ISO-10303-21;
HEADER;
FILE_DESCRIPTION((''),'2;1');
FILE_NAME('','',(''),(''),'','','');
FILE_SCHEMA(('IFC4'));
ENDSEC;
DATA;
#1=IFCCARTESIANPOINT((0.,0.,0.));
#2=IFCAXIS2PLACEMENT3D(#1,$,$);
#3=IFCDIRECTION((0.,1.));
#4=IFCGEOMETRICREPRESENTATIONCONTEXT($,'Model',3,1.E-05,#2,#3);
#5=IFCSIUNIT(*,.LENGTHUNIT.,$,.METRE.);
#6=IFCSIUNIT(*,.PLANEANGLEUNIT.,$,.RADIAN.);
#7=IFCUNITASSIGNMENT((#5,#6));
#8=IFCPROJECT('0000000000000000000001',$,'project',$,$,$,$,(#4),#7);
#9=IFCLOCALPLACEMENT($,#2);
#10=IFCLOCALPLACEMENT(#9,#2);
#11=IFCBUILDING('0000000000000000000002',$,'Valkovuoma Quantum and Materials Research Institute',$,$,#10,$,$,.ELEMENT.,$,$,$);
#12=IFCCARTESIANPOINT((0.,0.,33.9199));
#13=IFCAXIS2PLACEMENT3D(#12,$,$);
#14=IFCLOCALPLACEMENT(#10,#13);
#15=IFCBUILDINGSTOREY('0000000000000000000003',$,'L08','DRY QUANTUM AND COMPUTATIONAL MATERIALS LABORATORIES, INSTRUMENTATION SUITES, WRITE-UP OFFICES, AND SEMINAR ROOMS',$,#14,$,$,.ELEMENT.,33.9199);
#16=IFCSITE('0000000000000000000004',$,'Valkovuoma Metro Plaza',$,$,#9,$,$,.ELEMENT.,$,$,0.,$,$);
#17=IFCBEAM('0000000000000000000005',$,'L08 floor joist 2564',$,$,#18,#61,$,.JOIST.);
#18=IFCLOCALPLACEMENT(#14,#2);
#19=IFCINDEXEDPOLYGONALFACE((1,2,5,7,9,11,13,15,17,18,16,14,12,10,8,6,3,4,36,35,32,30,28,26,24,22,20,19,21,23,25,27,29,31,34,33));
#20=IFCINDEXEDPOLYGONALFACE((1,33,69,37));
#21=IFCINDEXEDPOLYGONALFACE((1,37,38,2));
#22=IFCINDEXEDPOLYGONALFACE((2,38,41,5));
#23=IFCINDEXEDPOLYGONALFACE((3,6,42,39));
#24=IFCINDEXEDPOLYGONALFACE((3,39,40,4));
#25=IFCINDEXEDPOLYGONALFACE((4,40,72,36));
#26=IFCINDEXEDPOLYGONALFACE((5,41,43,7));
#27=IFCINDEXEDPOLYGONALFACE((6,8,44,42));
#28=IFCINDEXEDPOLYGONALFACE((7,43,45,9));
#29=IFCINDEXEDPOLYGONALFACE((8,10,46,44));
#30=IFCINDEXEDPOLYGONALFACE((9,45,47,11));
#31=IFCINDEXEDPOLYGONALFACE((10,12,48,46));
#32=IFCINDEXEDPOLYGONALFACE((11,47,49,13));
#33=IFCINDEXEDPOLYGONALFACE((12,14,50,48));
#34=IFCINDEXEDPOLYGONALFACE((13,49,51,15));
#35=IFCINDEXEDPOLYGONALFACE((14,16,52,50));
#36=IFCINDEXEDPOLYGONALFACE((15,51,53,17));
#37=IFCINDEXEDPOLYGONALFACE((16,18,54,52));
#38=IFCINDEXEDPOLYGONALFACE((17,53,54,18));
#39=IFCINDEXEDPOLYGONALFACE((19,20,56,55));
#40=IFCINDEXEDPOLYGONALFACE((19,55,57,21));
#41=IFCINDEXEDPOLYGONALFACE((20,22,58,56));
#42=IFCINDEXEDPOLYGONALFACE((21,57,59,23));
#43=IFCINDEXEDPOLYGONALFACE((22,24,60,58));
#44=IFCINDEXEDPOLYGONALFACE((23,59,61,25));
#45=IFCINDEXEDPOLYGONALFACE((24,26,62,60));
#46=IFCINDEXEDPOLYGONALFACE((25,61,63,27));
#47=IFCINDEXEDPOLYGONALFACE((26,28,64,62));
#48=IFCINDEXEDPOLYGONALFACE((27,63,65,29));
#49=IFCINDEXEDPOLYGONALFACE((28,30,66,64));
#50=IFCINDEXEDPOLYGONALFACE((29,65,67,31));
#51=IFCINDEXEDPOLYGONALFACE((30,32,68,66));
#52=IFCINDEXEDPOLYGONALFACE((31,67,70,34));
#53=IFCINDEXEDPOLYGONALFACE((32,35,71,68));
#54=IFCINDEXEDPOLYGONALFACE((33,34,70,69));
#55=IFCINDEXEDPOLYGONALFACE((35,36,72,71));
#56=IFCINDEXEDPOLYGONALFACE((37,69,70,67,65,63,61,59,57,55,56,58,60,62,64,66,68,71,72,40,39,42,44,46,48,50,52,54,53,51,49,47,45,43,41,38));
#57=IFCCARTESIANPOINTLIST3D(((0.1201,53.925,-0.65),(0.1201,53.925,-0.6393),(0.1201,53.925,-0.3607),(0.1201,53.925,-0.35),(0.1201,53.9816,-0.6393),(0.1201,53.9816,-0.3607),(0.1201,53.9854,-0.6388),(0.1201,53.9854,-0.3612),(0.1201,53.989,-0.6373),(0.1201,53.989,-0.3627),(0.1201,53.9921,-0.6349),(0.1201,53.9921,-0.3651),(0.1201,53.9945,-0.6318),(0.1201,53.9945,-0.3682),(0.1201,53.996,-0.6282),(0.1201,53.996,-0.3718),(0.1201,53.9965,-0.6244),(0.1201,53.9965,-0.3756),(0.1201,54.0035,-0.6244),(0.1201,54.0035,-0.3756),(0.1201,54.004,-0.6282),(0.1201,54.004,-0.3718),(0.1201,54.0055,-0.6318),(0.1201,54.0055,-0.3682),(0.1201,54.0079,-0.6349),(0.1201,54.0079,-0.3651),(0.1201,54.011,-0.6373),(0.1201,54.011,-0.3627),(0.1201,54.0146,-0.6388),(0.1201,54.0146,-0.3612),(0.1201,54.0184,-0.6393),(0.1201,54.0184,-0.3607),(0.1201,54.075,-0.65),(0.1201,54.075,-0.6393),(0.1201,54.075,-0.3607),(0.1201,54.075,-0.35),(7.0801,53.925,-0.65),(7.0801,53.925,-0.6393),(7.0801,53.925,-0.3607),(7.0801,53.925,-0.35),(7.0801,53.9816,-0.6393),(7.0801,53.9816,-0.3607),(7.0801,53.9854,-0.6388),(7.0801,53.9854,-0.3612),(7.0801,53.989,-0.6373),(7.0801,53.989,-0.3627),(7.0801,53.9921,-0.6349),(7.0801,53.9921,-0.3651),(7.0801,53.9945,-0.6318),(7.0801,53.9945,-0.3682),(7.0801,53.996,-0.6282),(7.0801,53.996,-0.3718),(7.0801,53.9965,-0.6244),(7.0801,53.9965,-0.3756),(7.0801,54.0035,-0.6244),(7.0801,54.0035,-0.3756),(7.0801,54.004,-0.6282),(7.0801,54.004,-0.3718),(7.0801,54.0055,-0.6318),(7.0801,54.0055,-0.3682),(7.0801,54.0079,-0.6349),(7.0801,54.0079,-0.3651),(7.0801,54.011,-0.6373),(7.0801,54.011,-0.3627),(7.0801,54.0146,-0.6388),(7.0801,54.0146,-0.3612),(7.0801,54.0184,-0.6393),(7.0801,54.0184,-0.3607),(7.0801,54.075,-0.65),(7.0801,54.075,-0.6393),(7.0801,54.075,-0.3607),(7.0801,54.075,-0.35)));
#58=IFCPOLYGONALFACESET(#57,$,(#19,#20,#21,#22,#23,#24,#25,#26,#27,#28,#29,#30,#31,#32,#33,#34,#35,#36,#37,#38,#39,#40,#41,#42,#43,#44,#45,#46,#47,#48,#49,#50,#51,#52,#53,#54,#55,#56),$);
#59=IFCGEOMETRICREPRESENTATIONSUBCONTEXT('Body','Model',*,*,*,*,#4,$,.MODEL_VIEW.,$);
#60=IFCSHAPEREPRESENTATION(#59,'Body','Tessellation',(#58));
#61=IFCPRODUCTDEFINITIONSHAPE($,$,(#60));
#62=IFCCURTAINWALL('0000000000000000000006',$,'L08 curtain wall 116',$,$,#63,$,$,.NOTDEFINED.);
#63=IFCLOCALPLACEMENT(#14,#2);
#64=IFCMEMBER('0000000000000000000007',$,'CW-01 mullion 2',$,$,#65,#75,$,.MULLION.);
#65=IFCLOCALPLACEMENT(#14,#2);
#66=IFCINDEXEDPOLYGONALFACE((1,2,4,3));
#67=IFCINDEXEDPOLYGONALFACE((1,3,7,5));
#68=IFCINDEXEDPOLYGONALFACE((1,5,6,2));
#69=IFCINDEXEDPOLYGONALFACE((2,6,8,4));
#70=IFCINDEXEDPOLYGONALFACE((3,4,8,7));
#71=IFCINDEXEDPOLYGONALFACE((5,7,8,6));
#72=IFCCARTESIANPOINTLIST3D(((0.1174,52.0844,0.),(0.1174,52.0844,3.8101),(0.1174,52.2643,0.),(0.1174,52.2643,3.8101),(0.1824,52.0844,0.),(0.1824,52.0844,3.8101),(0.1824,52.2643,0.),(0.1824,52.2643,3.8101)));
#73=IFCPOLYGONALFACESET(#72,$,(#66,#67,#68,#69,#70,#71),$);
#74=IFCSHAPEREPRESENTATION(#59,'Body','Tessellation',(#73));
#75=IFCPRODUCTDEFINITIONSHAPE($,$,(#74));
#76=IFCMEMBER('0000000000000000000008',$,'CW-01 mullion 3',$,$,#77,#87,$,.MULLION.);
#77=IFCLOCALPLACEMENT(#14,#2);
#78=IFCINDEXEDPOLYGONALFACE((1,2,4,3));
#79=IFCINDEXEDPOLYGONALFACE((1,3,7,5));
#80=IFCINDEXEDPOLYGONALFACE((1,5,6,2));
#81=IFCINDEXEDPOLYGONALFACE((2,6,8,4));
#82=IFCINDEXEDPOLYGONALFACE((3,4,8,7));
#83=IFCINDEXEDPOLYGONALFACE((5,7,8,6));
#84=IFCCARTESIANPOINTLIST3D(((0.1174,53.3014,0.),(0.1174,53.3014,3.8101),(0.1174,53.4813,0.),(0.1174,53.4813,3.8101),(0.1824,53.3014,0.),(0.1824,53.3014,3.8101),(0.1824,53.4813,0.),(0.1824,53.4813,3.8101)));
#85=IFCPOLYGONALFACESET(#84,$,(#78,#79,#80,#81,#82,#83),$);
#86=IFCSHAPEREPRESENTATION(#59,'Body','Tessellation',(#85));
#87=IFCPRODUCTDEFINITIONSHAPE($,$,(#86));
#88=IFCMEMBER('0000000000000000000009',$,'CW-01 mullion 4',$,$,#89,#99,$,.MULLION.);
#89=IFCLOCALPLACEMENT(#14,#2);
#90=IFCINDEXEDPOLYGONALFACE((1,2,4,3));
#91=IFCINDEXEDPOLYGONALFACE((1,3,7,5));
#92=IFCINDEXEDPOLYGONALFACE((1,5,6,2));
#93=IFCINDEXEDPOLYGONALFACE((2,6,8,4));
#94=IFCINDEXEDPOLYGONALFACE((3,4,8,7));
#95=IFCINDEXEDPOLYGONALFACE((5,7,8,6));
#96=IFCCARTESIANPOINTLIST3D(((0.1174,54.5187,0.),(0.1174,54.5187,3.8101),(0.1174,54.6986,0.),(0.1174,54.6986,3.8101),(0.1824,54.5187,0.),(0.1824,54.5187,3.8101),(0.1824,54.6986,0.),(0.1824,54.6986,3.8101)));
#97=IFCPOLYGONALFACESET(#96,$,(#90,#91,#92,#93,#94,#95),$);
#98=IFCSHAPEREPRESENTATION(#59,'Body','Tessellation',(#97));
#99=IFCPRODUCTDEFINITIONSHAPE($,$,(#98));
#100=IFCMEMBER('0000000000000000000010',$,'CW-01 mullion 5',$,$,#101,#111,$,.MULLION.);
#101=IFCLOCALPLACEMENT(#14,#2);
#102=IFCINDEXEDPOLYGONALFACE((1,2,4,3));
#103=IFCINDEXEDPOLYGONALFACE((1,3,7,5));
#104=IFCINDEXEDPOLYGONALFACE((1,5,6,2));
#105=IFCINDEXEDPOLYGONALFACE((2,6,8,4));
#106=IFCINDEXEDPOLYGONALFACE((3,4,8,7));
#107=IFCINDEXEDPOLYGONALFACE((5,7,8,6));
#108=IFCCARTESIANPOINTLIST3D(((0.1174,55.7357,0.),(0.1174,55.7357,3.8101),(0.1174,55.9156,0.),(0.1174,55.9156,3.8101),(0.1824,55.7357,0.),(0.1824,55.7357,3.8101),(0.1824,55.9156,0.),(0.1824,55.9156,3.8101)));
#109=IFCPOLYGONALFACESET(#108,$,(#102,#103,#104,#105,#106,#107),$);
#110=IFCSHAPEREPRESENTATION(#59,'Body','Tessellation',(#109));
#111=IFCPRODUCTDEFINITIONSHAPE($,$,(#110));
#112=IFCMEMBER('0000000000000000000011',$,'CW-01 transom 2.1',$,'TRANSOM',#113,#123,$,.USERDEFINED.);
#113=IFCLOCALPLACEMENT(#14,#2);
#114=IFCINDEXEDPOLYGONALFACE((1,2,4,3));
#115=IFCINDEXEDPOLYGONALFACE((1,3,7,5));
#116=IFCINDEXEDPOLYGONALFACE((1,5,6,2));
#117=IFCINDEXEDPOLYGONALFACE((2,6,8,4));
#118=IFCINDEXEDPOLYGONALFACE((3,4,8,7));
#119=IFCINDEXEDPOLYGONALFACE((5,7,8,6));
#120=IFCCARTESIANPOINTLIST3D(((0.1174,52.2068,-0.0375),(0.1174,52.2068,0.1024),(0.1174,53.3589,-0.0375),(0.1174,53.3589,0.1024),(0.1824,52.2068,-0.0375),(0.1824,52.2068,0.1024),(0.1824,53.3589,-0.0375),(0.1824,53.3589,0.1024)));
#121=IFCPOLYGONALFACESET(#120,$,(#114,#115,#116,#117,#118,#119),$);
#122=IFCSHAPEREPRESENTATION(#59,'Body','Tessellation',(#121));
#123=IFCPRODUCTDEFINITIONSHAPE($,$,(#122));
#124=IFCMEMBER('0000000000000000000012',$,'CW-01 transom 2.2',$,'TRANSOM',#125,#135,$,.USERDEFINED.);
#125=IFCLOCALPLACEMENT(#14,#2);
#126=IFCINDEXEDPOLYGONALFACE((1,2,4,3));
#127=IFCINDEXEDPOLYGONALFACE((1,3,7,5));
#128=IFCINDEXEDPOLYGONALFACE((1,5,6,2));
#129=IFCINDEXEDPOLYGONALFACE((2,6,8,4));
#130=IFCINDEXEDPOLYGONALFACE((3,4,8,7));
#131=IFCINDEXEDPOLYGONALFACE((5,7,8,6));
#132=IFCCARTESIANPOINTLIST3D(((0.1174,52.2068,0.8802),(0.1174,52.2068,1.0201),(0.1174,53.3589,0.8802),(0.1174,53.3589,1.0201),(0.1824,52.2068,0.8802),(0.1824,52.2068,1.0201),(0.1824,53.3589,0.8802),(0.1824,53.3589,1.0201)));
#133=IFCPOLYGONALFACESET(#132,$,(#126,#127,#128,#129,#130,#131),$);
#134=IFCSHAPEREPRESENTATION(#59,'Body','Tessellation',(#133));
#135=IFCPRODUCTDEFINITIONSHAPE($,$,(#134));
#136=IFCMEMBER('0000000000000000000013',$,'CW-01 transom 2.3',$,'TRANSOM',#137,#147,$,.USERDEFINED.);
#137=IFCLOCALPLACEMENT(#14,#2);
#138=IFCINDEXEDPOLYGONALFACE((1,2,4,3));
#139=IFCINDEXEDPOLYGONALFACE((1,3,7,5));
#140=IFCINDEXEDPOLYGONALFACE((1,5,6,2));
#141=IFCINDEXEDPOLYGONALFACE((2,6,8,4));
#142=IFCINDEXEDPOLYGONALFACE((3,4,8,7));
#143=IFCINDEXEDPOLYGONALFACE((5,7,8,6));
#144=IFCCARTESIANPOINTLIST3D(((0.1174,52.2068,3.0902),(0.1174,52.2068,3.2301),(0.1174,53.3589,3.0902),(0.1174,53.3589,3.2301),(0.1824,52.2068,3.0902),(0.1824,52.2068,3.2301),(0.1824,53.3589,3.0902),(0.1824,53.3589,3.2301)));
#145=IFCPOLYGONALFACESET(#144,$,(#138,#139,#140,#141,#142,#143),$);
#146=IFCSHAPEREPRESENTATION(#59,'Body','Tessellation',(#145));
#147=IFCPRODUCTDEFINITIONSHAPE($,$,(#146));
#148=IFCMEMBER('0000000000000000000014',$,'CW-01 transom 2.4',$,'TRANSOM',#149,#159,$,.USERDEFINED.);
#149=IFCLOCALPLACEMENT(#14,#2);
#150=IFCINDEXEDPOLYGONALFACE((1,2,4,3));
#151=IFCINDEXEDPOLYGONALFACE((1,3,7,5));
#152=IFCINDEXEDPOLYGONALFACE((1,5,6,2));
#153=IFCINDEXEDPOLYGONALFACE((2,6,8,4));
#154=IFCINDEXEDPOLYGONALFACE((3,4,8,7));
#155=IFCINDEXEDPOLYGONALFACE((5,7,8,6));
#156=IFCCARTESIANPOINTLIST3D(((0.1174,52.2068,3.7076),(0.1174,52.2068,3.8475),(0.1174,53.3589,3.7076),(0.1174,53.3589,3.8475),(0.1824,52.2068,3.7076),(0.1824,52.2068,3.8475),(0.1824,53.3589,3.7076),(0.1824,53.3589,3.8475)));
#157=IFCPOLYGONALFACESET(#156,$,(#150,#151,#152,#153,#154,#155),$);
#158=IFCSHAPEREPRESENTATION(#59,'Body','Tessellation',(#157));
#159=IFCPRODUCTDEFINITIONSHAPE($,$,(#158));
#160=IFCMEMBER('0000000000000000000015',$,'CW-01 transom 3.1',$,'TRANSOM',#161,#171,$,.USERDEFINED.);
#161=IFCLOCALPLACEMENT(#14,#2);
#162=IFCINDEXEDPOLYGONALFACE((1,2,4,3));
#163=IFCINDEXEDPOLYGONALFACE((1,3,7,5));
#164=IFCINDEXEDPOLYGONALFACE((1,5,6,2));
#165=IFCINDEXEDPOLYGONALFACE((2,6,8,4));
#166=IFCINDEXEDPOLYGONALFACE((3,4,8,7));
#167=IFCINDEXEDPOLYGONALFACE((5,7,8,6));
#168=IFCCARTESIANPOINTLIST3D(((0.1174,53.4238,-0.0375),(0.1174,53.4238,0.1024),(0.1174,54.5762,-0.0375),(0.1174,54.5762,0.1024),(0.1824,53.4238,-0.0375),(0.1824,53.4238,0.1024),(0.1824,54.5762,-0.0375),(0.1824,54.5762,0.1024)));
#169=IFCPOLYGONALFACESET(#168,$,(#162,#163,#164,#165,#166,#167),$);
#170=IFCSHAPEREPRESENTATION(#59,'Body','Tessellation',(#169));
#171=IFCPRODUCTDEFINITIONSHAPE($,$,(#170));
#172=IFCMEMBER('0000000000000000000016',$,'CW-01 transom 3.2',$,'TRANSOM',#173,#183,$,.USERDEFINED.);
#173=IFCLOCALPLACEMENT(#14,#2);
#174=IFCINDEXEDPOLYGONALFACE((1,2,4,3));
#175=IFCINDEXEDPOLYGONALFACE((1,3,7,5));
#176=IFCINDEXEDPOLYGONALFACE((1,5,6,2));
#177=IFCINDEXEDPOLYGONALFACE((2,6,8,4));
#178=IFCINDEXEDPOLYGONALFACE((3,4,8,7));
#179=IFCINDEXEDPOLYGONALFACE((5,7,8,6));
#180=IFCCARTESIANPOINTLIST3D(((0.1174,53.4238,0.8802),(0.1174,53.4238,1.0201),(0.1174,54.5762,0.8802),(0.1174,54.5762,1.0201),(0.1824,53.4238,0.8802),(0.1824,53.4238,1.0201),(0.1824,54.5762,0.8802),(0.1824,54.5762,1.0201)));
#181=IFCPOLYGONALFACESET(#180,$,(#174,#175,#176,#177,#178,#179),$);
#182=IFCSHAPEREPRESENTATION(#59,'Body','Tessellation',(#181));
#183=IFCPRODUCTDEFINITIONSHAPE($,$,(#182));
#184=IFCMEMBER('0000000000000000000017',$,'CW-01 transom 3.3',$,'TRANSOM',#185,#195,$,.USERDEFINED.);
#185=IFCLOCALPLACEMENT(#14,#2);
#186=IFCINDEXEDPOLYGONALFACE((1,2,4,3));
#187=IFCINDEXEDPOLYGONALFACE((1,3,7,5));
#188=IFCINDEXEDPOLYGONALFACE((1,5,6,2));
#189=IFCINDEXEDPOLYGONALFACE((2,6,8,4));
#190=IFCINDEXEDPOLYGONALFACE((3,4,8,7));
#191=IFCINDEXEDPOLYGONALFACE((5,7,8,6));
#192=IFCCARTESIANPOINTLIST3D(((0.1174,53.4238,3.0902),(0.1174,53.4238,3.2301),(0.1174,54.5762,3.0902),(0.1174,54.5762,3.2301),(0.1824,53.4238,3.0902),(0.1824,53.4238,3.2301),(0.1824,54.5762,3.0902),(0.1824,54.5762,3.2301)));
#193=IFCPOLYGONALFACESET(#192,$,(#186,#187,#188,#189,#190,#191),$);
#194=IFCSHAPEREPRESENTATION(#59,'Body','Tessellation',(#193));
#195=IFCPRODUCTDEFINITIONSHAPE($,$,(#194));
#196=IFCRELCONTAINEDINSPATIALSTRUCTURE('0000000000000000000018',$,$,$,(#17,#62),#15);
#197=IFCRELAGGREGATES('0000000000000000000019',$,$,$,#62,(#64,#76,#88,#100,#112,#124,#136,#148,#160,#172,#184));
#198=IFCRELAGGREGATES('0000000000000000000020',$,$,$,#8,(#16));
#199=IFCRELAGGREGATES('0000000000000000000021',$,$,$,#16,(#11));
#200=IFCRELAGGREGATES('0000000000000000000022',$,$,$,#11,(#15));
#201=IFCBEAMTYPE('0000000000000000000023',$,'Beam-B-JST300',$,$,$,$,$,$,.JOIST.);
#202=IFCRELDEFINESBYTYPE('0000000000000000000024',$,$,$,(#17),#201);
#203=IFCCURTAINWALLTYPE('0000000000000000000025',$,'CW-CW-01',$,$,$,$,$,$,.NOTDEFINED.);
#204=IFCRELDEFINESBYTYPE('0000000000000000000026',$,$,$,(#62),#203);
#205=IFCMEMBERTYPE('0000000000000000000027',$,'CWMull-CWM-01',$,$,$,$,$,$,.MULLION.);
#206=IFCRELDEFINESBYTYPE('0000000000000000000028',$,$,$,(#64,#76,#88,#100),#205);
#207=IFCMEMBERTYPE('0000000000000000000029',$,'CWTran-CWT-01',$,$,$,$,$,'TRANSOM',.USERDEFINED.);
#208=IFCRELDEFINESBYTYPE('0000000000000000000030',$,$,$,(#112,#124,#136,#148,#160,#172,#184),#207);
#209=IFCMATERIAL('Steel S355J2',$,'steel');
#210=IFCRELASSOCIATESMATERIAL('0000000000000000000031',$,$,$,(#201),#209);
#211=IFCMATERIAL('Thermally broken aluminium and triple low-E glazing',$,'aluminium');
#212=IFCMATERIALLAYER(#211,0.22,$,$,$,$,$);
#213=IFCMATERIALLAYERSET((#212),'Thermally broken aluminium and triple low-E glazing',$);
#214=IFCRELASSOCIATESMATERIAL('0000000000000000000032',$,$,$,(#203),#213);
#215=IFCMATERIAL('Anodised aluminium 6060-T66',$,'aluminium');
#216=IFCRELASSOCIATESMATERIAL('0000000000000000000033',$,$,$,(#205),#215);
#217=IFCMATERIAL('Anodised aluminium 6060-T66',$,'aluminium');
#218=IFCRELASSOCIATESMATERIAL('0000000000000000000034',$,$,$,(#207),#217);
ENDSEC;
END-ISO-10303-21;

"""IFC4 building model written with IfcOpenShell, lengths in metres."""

from ifc_helpers import new_model, si_unit, direction, frame, origin, origin_2d, place, context, subcontext, project, spatial, rectangle, i_section, extrude, material, layer, layer_set, material_profile, profile_set, type_object, element, aggregate, save


model = new_model("IFC4")

# Units and contexts
model_context = context("Model", 3, precision=1e-05, world=origin(), true_north=direction((0.0, 1.0)))
body_context = subcontext(model_context, "Body", "Model", "MODEL_VIEW")
ifc_project = project(units=[si_unit("LENGTHUNIT", "METRE"), si_unit("PLANEANGLEUNIT", "RADIAN")], contexts=[model_context])

# Site, building, storey
site_placement = place(None, origin())
site = spatial("IfcSite", under=ifc_project, at=site_placement, Name="Valkovuoma Metro Plaza", CompositionType="ELEMENT", RefElevation=0.0)
building_placement = place(site_placement, origin())
building = spatial("IfcBuilding", under=site, at=building_placement, Name="Valkovuoma Quantum and Materials Research Institute", CompositionType="ELEMENT")
storey_placement = place(building_placement, frame((0.0, 0.0, 33.9199)))
storey = spatial("IfcBuildingStorey", under=building, at=storey_placement, Name="L08", Description="DRY QUANTUM AND COMPUTATIONAL MATERIALS LABORATORIES, INSTRUMENTATION SUITES, WRITE-UP OFFICES, AND SEMINAR ROOMS", CompositionType="ELEMENT", Elevation=33.9199)

# Beam
ifc_material_1 = material(Name="Steel S355J2", Category="steel")
ifc_material_profile_1 = material_profile(ifc_material_1, i_section(OverallWidth=0.1499, OverallDepth=0.3, WebThickness=0.0071, FlangeThickness=0.0107, FilletRadius=0.0149, at=origin_2d()), Name="Steel S355J2")
ifc_profile_set_1 = profile_set([ifc_material_profile_1], Name="Steel S355J2")
beam_type = type_object("IfcBeamType", Name="Beam-B-JST300", PredefinedType="JOIST", material=ifc_profile_set_1)
beam_placement = place(storey_placement, frame((0.1201, 54.0, -0.5), z_axis=(1.0, 0.0, 0.0), x_axis=(0.0, 1.0, 0.0)))
element("IfcBeam", 1, at=beam_placement, inside=storey, type_object=beam_type, Name="L08 floor joist 2564", PredefinedType="JOIST", context=body_context, shape_type="SweptSolid", body=[
    extrude(i_section(OverallWidth=0.1499, OverallDepth=0.3, WebThickness=0.0071, FlangeThickness=0.0107, FilletRadius=0.0149, at=origin_2d()), origin(), (0.0, 0.0, 1.0), 6.96),
])

# Curtain wall, members
ifc_material_2 = material(Name="Thermally broken aluminium and triple low-E glazing", Category="aluminium")
ifc_layer_1 = layer(ifc_material_2, 0.22)
ifc_layer_set_1 = layer_set([ifc_layer_1], Name="Thermally broken aluminium and triple low-E glazing")
curtain_wall_type = type_object("IfcCurtainWallType", Name="CW-CW-01", PredefinedType="NOTDEFINED", material=ifc_layer_set_1)
curtain_wall_placement = place(storey_placement, origin())
curtain_wall = element("IfcCurtainWall", 2, at=curtain_wall_placement, inside=storey, type_object=curtain_wall_type, Name="L08 curtain wall 116", PredefinedType="NOTDEFINED")
ifc_material_3 = material(Name="Anodised aluminium 6060-T66", Category="aluminium")
ifc_material_profile_2 = material_profile(ifc_material_3, rectangle(XDim=0.0649, YDim=0.1799, at=origin_2d()), Name="Anodised aluminium 6060-T66")
ifc_profile_set_2 = profile_set([ifc_material_profile_2], Name="Anodised aluminium 6060-T66")
member_type_1 = type_object("IfcMemberType", Name="CWMull-CWM-01", PredefinedType="MULLION", material=ifc_profile_set_2)
member_1_placement = place(storey_placement, frame((0.1499, 52.1743, 0.0), z_axis=(0.0, 0.0, 1.0), x_axis=(-1.0, 0.0, 0.0)))
member_1 = element("IfcMember", 3, at=member_1_placement, type_object=member_type_1, Name="CW-01 mullion 2", PredefinedType="MULLION", context=body_context, shape_type="SweptSolid", body=[
    extrude(rectangle(XDim=0.0649, YDim=0.1799, at=origin_2d()), origin(), (0.0, 0.0, 1.0), 3.8101),
])
member_2_placement = place(storey_placement, frame((0.1499, 53.3914, 0.0), z_axis=(0.0, 0.0, 1.0), x_axis=(-1.0, 0.0, 0.0)))
member_2 = element("IfcMember", 4, at=member_2_placement, type_object=member_type_1, Name="CW-01 mullion 3", PredefinedType="MULLION", context=body_context, shape_type="SweptSolid", body=[
    extrude(rectangle(XDim=0.0649, YDim=0.1799, at=origin_2d()), origin(), (0.0, 0.0, 1.0), 3.8101),
])
member_3_placement = place(storey_placement, frame((0.1499, 54.6086, 0.0), z_axis=(0.0, 0.0, 1.0), x_axis=(-1.0, 0.0, 0.0)))
member_3 = element("IfcMember", 5, at=member_3_placement, type_object=member_type_1, Name="CW-01 mullion 4", PredefinedType="MULLION", context=body_context, shape_type="SweptSolid", body=[
    extrude(rectangle(XDim=0.0649, YDim=0.1799, at=origin_2d()), origin(), (0.0, 0.0, 1.0), 3.8101),
])
member_4_placement = place(storey_placement, frame((0.1499, 55.8257, 0.0), z_axis=(0.0, 0.0, 1.0), x_axis=(-1.0, 0.0, 0.0)))
member_4 = element("IfcMember", 6, at=member_4_placement, type_object=member_type_1, Name="CW-01 mullion 5", PredefinedType="MULLION", context=body_context, shape_type="SweptSolid", body=[
    extrude(rectangle(XDim=0.0649, YDim=0.1799, at=origin_2d()), origin(), (0.0, 0.0, 1.0), 3.8101),
])
ifc_material_4 = material(Name="Anodised aluminium 6060-T66", Category="aluminium")
ifc_material_profile_3 = material_profile(ifc_material_4, rectangle(XDim=0.0649, YDim=0.1399, at=origin_2d()), Name="Anodised aluminium 6060-T66")
ifc_profile_set_3 = profile_set([ifc_material_profile_3], Name="Anodised aluminium 6060-T66")
member_type_2 = type_object("IfcMemberType", Name="CWTran-CWT-01", ElementType="TRANSOM", PredefinedType="USERDEFINED", material=ifc_profile_set_3)
member_5_placement = place(storey_placement, frame((0.1499, 52.2068, 0.0325), z_axis=(0.0, 1.0, 0.0), x_axis=(-1.0, 0.0, 0.0)))
member_5 = element("IfcMember", 7, at=member_5_placement, type_object=member_type_2, Name="CW-01 transom 2.1", ObjectType="TRANSOM", PredefinedType="USERDEFINED", context=body_context, shape_type="SweptSolid", body=[
    extrude(rectangle(XDim=0.0649, YDim=0.1399, at=origin_2d()), origin(), (0.0, 0.0, 1.0), 1.1521),
])
member_6_placement = place(storey_placement, frame((0.1499, 52.2068, 0.9502), z_axis=(0.0, 1.0, 0.0), x_axis=(-1.0, 0.0, 0.0)))
member_6 = element("IfcMember", 8, at=member_6_placement, type_object=member_type_2, Name="CW-01 transom 2.2", ObjectType="TRANSOM", PredefinedType="USERDEFINED", context=body_context, shape_type="SweptSolid", body=[
    extrude(rectangle(XDim=0.0649, YDim=0.1399, at=origin_2d()), origin(), (0.0, 0.0, 1.0), 1.1521),
])
member_7_placement = place(storey_placement, frame((0.1499, 52.2068, 3.1602), z_axis=(0.0, 1.0, 0.0), x_axis=(-1.0, 0.0, 0.0)))
member_7 = element("IfcMember", 9, at=member_7_placement, type_object=member_type_2, Name="CW-01 transom 2.3", ObjectType="TRANSOM", PredefinedType="USERDEFINED", context=body_context, shape_type="SweptSolid", body=[
    extrude(rectangle(XDim=0.0649, YDim=0.1399, at=origin_2d()), origin(), (0.0, 0.0, 1.0), 1.1521),
])
member_8_placement = place(storey_placement, frame((0.1499, 52.2068, 3.7776), z_axis=(0.0, 1.0, 0.0), x_axis=(-1.0, 0.0, 0.0)))
member_8 = element("IfcMember", 10, at=member_8_placement, type_object=member_type_2, Name="CW-01 transom 2.4", ObjectType="TRANSOM", PredefinedType="USERDEFINED", context=body_context, shape_type="SweptSolid", body=[
    extrude(rectangle(XDim=0.0649, YDim=0.1399, at=origin_2d()), origin(), (0.0, 0.0, 1.0), 1.1521),
])
member_9_placement = place(storey_placement, frame((0.1499, 53.4238, 0.0325), z_axis=(0.0, 1.0, 0.0), x_axis=(-1.0, 0.0, 0.0)))
member_9 = element("IfcMember", 11, at=member_9_placement, type_object=member_type_2, Name="CW-01 transom 3.1", ObjectType="TRANSOM", PredefinedType="USERDEFINED", context=body_context, shape_type="SweptSolid", body=[
    extrude(rectangle(XDim=0.0649, YDim=0.1399, at=origin_2d()), origin(), (0.0, 0.0, 1.0), 1.1523),
])
member_10_placement = place(storey_placement, frame((0.1499, 53.4238, 0.9502), z_axis=(0.0, 1.0, 0.0), x_axis=(-1.0, 0.0, 0.0)))
member_10 = element("IfcMember", 12, at=member_10_placement, type_object=member_type_2, Name="CW-01 transom 3.2", ObjectType="TRANSOM", PredefinedType="USERDEFINED", context=body_context, shape_type="SweptSolid", body=[
    extrude(rectangle(XDim=0.0649, YDim=0.1399, at=origin_2d()), origin(), (0.0, 0.0, 1.0), 1.1523),
])
member_11_placement = place(storey_placement, frame((0.1499, 53.4238, 3.1602), z_axis=(0.0, 1.0, 0.0), x_axis=(-1.0, 0.0, 0.0)))
member_11 = element("IfcMember", 13, at=member_11_placement, type_object=member_type_2, Name="CW-01 transom 3.3", ObjectType="TRANSOM", PredefinedType="USERDEFINED", context=body_context, shape_type="SweptSolid", body=[
    extrude(rectangle(XDim=0.0649, YDim=0.1399, at=origin_2d()), origin(), (0.0, 0.0, 1.0), 1.1523),
])
aggregate(curtain_wall, [member_1, member_2, member_3, member_4, member_5, member_6, member_7, member_8, member_9, member_10, member_11])

save(model, "model.ifc")
